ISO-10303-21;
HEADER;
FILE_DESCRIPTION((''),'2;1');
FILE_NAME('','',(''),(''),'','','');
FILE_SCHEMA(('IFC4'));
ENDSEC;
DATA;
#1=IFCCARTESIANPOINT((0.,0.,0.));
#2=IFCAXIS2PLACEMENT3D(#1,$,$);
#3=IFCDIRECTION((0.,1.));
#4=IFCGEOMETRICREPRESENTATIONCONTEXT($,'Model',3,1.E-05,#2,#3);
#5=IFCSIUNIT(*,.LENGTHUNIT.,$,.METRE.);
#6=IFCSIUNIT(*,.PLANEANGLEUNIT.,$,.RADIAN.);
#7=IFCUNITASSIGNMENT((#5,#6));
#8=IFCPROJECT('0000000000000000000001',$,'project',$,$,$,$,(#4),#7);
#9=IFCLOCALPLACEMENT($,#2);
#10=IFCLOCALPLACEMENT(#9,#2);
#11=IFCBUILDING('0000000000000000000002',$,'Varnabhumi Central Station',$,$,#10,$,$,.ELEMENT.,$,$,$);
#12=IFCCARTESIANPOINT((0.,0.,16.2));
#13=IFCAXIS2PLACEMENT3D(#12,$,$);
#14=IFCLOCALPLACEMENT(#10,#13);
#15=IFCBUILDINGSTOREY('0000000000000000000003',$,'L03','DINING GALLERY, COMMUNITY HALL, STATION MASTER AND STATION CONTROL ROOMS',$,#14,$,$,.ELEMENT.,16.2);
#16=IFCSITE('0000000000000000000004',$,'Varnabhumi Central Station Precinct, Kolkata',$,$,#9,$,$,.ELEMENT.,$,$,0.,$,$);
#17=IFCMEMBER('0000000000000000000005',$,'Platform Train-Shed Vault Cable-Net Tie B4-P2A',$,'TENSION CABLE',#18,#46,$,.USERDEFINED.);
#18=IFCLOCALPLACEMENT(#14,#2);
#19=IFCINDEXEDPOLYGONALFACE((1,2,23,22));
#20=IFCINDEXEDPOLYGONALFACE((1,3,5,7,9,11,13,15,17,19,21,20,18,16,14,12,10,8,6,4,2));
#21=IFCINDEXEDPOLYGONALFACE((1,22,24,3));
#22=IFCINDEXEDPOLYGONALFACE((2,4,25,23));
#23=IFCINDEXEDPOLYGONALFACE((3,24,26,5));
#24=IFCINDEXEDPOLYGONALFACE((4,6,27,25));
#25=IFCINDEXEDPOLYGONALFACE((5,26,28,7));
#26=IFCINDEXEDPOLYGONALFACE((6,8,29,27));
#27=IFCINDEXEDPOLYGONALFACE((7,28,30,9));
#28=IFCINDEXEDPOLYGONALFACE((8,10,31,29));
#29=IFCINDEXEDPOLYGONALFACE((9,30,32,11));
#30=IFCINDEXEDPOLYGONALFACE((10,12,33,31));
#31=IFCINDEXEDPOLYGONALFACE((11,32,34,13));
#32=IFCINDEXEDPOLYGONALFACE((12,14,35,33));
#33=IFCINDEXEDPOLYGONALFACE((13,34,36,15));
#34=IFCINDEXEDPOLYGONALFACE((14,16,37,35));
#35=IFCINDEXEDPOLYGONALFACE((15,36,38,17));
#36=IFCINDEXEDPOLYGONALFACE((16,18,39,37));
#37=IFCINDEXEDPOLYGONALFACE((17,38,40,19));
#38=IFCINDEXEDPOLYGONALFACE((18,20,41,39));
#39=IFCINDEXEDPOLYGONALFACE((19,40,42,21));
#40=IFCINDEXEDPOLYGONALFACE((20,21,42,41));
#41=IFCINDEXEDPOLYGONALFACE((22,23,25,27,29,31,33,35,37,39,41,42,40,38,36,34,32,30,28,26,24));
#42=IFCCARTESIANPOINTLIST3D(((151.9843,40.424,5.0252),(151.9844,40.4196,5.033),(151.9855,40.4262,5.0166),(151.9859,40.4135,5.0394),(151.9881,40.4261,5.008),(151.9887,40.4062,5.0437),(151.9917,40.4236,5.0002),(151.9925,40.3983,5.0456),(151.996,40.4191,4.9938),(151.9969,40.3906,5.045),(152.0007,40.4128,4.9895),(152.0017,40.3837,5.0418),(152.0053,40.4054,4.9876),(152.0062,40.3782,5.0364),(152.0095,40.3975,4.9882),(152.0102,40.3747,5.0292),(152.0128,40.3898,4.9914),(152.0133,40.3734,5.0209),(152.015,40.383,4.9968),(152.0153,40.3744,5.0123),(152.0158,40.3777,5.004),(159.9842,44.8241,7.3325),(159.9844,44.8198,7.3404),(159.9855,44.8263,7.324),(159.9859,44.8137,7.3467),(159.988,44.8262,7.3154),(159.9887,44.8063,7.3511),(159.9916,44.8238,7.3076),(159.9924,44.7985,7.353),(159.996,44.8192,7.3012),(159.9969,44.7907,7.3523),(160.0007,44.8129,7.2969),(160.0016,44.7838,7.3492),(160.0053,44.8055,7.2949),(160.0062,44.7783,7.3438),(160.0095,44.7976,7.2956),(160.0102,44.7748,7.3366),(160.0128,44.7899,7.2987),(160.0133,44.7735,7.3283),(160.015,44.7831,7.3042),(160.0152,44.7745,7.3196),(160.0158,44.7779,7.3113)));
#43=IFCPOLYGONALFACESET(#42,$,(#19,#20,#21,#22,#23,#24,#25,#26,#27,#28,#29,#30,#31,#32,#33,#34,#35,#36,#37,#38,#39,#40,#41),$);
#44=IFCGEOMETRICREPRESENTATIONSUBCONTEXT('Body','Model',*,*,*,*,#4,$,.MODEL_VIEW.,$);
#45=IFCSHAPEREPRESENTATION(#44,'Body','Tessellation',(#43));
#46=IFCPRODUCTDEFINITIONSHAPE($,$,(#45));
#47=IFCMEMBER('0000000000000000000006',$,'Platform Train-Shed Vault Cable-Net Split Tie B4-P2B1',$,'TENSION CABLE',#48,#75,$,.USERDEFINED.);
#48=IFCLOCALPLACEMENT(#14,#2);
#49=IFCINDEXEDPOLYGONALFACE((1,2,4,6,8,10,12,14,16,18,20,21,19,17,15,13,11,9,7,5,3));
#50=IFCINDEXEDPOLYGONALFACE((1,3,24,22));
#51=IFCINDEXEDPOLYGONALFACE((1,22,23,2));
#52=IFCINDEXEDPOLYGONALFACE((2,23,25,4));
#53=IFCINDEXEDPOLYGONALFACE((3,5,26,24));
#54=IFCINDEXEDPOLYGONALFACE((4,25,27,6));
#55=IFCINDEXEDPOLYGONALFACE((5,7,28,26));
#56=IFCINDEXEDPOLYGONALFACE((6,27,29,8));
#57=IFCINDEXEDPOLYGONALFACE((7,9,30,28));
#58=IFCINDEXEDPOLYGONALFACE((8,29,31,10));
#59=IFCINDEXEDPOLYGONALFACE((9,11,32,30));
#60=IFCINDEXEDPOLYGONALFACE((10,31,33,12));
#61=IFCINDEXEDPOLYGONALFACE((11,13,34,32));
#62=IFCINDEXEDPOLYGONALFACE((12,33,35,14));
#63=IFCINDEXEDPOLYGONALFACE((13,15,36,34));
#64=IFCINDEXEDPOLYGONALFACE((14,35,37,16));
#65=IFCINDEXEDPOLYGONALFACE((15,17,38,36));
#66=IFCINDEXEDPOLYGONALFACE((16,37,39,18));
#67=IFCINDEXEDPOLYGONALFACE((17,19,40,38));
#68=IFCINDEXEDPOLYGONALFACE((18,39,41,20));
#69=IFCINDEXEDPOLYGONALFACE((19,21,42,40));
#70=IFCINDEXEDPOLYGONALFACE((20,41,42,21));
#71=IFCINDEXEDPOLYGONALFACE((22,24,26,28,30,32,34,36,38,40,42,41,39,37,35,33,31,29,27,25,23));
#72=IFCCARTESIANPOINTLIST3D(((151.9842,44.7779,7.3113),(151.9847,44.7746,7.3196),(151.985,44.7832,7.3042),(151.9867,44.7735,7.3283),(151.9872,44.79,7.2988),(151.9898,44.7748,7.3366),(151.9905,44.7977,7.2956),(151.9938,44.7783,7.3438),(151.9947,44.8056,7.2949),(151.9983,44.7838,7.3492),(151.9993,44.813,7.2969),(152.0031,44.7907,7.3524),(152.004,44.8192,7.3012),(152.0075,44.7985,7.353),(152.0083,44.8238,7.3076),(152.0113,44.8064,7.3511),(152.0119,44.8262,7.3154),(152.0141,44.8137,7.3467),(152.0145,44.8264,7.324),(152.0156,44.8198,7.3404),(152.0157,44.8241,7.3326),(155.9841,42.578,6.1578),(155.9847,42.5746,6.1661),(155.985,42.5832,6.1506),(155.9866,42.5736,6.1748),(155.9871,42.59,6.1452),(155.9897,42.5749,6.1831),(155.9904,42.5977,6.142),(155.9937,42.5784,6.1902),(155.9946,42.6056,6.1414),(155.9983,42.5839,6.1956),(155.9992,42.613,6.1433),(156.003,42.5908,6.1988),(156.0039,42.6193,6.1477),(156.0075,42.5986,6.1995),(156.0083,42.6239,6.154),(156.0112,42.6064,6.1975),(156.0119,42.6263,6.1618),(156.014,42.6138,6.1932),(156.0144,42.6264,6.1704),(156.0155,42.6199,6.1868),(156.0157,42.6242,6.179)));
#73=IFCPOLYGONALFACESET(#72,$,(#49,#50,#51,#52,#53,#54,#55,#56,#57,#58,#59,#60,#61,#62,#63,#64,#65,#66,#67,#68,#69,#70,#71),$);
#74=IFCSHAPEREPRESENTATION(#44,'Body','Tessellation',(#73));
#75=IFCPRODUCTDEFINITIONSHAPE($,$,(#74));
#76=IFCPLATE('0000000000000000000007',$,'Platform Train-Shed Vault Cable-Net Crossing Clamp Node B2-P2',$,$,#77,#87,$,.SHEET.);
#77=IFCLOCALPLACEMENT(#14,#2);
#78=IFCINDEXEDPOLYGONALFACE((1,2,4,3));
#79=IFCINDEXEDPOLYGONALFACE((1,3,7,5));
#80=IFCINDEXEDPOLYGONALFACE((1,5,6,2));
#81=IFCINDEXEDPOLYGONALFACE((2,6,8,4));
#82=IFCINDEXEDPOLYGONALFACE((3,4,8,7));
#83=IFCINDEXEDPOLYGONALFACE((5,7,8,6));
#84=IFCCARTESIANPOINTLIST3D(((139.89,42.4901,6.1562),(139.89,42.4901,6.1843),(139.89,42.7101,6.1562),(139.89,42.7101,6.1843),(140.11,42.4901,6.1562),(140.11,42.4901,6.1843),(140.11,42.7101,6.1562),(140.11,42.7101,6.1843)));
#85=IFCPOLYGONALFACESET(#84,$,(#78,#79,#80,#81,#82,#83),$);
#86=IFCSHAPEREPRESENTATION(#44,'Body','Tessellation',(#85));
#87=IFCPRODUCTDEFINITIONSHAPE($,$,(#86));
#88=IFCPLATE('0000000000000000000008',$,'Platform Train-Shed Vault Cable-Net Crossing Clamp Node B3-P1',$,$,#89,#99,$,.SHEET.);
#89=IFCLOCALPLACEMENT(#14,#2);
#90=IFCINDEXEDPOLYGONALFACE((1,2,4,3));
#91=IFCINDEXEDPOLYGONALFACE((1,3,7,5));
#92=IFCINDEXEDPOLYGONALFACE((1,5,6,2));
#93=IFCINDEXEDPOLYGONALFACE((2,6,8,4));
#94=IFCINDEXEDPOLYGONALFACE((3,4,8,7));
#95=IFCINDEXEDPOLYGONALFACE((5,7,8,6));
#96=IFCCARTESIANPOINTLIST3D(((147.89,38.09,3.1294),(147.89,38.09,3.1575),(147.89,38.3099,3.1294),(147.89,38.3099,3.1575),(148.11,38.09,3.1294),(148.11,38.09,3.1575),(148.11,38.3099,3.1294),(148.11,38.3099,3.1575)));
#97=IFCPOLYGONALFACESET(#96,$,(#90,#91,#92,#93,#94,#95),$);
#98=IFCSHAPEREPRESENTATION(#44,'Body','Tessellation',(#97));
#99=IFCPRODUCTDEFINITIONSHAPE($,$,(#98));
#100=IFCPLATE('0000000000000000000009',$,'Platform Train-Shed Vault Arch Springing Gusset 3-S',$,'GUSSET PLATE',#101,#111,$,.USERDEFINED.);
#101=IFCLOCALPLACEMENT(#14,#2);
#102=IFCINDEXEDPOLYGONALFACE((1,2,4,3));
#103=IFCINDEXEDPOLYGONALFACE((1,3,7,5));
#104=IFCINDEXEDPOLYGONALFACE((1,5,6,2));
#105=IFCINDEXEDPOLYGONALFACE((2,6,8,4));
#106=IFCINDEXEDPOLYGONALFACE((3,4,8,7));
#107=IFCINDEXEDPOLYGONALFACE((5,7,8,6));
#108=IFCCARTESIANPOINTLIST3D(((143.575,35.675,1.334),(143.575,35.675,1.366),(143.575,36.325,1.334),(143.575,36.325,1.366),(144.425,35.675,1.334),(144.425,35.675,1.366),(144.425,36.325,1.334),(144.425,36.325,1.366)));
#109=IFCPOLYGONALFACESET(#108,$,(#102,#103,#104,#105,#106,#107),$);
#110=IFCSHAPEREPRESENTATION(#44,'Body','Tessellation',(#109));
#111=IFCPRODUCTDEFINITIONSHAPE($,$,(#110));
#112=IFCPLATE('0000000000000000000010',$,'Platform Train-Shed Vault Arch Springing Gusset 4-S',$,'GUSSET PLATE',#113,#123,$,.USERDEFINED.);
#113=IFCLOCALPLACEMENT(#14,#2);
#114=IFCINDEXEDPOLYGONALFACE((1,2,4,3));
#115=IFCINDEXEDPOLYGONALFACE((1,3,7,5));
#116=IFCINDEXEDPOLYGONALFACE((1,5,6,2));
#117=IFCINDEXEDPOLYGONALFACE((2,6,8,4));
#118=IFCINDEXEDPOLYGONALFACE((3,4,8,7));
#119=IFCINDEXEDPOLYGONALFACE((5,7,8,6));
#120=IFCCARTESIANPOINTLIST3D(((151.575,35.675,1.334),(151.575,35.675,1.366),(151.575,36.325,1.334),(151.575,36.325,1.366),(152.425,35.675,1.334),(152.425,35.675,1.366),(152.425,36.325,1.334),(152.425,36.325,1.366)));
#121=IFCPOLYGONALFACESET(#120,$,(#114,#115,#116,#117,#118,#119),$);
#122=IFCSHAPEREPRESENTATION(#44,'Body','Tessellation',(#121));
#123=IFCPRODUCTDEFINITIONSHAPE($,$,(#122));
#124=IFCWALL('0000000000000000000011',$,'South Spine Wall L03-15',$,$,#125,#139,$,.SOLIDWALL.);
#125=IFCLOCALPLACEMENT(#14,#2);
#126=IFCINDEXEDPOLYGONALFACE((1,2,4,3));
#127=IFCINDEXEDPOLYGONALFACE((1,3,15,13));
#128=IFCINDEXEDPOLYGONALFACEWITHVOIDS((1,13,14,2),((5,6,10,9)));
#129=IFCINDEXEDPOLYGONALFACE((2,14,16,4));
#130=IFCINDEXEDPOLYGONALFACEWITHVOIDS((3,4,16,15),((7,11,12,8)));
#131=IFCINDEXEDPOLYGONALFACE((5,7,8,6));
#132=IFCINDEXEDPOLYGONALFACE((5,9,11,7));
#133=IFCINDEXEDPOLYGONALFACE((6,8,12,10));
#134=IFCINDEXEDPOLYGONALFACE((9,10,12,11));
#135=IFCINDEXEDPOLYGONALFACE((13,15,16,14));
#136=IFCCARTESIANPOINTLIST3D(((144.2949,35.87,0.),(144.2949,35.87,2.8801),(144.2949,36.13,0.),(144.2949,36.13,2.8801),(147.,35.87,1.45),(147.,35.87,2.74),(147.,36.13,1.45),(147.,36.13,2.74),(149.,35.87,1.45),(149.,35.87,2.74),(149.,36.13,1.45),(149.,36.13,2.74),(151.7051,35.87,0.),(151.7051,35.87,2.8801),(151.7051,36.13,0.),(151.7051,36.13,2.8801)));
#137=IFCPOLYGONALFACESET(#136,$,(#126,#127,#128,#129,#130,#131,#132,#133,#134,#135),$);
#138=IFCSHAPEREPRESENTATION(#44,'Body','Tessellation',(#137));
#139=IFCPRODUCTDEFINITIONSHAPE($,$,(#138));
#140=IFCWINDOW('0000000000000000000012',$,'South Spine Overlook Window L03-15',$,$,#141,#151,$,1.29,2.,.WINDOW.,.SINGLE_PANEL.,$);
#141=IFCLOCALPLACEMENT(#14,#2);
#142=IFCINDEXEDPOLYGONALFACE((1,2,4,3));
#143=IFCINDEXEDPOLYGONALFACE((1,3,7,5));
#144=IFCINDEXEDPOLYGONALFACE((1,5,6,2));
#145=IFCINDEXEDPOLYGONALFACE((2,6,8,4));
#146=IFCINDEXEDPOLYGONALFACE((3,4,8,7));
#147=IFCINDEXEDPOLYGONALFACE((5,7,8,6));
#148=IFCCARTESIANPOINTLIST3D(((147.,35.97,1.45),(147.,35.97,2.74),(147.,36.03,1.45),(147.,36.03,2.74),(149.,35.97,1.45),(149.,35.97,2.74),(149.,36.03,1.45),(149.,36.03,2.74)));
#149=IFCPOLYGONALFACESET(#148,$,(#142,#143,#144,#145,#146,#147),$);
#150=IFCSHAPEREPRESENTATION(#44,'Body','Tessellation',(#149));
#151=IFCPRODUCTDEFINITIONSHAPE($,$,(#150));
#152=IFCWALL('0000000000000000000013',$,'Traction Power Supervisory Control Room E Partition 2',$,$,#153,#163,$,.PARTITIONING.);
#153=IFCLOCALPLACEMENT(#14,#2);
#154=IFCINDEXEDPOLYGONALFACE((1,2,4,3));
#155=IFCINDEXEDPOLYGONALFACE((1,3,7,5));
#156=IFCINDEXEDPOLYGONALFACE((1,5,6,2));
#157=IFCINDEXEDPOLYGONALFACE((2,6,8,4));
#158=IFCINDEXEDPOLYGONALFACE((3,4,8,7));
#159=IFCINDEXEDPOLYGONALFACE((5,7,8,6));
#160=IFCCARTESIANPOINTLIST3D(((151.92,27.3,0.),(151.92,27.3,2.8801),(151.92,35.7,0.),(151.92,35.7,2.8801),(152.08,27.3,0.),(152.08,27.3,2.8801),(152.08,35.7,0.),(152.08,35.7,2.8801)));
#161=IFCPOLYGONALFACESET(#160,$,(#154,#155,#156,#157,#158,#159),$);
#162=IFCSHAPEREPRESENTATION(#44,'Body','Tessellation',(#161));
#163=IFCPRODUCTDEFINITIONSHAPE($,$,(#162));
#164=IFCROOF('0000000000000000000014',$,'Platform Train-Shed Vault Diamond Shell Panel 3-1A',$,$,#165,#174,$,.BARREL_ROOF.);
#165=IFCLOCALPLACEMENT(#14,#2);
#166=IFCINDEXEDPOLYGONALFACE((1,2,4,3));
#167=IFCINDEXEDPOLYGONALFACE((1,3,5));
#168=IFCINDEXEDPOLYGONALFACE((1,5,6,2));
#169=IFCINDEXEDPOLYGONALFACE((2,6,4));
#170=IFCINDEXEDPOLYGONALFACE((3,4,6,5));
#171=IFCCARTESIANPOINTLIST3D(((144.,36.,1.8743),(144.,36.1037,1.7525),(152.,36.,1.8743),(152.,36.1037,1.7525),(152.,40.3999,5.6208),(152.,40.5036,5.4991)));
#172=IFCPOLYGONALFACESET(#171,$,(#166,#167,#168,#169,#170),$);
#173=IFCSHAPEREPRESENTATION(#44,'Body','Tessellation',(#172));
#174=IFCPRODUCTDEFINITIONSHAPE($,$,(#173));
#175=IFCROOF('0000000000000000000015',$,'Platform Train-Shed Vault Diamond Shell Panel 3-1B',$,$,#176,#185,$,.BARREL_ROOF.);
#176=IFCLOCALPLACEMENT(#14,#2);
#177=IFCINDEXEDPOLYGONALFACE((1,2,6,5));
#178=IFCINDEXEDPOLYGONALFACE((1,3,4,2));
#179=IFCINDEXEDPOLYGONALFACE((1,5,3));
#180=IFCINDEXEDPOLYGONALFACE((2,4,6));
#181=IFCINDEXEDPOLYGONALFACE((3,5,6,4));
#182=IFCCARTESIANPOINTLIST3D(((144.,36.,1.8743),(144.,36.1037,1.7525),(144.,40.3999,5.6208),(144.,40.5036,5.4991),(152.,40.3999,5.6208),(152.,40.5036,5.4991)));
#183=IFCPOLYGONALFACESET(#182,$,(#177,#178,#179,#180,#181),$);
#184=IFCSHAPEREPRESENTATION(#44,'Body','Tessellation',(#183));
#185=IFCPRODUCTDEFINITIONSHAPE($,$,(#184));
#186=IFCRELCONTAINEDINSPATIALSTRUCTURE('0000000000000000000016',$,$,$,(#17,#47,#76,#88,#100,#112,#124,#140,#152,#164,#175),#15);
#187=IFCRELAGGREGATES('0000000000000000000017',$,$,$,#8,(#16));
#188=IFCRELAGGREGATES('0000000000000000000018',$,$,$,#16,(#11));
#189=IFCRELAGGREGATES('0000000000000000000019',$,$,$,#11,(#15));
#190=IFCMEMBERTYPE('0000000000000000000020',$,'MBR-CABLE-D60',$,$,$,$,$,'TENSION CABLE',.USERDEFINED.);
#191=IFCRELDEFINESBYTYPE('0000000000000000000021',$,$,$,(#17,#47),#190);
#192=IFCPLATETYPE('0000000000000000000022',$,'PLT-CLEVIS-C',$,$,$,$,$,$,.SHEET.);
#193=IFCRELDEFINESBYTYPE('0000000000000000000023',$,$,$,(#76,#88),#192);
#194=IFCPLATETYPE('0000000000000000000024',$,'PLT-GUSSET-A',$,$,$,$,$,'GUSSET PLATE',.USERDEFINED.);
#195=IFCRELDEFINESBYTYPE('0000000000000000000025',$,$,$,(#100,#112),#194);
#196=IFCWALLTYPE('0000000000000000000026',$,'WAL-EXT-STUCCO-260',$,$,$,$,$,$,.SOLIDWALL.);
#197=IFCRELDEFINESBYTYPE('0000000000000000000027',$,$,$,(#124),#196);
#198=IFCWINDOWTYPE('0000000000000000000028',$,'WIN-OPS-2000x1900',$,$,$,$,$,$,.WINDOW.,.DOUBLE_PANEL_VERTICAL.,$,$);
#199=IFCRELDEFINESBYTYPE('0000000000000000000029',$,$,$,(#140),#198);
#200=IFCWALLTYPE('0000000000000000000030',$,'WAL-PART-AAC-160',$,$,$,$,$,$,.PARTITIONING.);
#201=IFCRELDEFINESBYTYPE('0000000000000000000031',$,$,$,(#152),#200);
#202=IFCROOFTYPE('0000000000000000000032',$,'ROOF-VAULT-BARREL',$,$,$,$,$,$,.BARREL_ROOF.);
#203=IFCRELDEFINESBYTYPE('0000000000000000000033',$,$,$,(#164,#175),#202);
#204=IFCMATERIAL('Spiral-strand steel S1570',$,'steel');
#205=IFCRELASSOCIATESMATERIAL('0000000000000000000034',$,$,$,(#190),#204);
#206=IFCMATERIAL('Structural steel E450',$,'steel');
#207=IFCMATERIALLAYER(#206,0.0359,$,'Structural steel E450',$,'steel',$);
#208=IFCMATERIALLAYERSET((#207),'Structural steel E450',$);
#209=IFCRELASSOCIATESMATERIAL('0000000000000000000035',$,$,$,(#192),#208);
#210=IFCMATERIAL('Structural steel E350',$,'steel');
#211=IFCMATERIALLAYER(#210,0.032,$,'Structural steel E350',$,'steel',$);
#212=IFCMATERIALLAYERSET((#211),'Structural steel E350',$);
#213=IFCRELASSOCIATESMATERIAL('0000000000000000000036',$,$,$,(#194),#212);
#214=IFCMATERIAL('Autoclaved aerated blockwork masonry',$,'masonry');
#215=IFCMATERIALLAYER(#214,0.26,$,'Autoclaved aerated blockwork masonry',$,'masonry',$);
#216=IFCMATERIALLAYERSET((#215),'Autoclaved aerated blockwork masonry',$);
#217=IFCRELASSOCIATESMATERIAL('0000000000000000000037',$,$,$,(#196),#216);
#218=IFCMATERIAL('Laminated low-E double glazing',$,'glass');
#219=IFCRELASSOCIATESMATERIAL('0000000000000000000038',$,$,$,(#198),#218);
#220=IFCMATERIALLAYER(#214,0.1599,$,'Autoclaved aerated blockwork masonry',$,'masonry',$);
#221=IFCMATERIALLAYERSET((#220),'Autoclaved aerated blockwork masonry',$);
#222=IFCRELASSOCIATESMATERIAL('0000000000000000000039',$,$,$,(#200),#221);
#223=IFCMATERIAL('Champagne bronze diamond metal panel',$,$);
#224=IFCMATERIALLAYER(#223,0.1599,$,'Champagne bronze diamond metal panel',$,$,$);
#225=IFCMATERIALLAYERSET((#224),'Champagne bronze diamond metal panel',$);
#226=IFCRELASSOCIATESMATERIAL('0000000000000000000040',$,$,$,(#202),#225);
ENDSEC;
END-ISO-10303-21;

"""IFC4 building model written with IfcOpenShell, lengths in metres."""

from ifc_helpers import new_model, si_unit, direction, frame, frame_2d, origin, origin_2d, place, context, subcontext, project, spatial, polyline, rectangle, circle, outline, extrude, material, layer, layer_set, material_profile, profile_set, type_object, element, fill, save


model = new_model("IFC4")

# Units and contexts
model_context = context("Model", 3, precision=1e-05, world=origin(), true_north=direction((0.0, 1.0)))
body_context = subcontext(model_context, "Body", "Model", "MODEL_VIEW")
ifc_project = project(units=[si_unit("LENGTHUNIT", "METRE"), si_unit("PLANEANGLEUNIT", "RADIAN")], contexts=[model_context])

# Site, building, storey
site_placement = place(None, origin())
site = spatial("IfcSite", under=ifc_project, at=site_placement, Name="Varnabhumi Central Station Precinct, Kolkata", CompositionType="ELEMENT", RefElevation=0.0)
building_placement = place(site_placement, origin())
building = spatial("IfcBuilding", under=site, at=building_placement, Name="Varnabhumi Central Station", CompositionType="ELEMENT")
storey_placement = place(building_placement, frame((0.0, 0.0, 16.2)))
storey = spatial("IfcBuildingStorey", under=building, at=storey_placement, Name="L03", Description="DINING GALLERY, COMMUNITY HALL, STATION MASTER AND STATION CONTROL ROOMS", CompositionType="ELEMENT", Elevation=16.2)

# Shared definitions
ifc_material_1 = material(Name="Structural steel E450", Category="steel")
ifc_material_2 = material(Name="Structural steel E350", Category="steel")

# Members
ifc_material_3 = material(Name="Spiral-strand steel S1570", Category="steel")
ifc_material_profile_1 = material_profile(ifc_material_3, circle(Radius=0.03, at=origin_2d()), Name="Spiral-strand steel S1570", Category="steel")
ifc_profile_set_1 = profile_set([ifc_material_profile_1], Name="Spiral-strand steel S1570")
member_type = type_object("IfcMemberType", Name="MBR-CABLE-D60", ElementType="TENSION CABLE", PredefinedType="USERDEFINED", material=ifc_profile_set_1)
member_1_placement = place(storey_placement, frame((152.0, 40.3999, 5.0166), z_axis=(0.849502, 0.467242, 0.245015), x_axis=(-0.481931, 0.876209, 0.0)))
element("IfcMember", 1, at=member_1_placement, inside=storey, type_object=member_type, Name="Platform Train-Shed Vault Cable-Net Tie B4-P2A", ObjectType="TENSION CABLE", PredefinedType="USERDEFINED", context=body_context, shape_type="SweptSolid", body=[
    extrude(circle(Radius=0.03, at=origin_2d()), origin(), (0.0, 0.0, 1.0), 9.4172),
])
member_2_placement = place(storey_placement, frame((152.0, 44.8, 7.324), z_axis=(0.849517, -0.467224, -0.244993), x_axis=(0.481911, 0.87622, 0.0)))
element("IfcMember", 2, at=member_2_placement, inside=storey, type_object=member_type, Name="Platform Train-Shed Vault Cable-Net Split Tie B4-P2B1", ObjectType="TENSION CABLE", PredefinedType="USERDEFINED", context=body_context, shape_type="SweptSolid", body=[
    extrude(circle(Radius=0.03, at=origin_2d()), origin(), (0.0, 0.0, 1.0), 4.7085),
])

# Plates
ifc_layer_1 = layer(ifc_material_1, 0.0359, Name="Structural steel E450", Category="steel")
ifc_layer_set_1 = layer_set([ifc_layer_1], Name="Structural steel E450")
plate_type_1 = type_object("IfcPlateType", Name="PLT-CLEVIS-C", PredefinedType="SHEET", material=ifc_layer_set_1)
for number, where, z_axis, x_axis, name in (
    (3, (140.0, 42.6001, 6.1562), (0.0, 0.0, 1.0), (1.0, 0.0, 0.0), "Platform Train-Shed Vault Cable-Net Crossing Clamp Node B2-P2"),
    (4, (148.0, 38.2, 3.1294), (0.0, 0.0, 1.0), (1.0, 0.0, 0.0), "Platform Train-Shed Vault Cable-Net Crossing Clamp Node B3-P1"),
):
    element("IfcPlate", number, at=place(storey_placement, frame(where, z_axis=z_axis, x_axis=x_axis)), inside=storey, type_object=plate_type_1, Name=name, PredefinedType="SHEET", context=body_context, shape_type="SweptSolid", body=[
        extrude(rectangle(XDim=0.22, YDim=0.22, at=origin_2d()), origin(), (0.0, 0.0, 1.0), 0.0281),
    ])
ifc_layer_2 = layer(ifc_material_2, 0.032, Name="Structural steel E350", Category="steel")
ifc_layer_set_2 = layer_set([ifc_layer_2], Name="Structural steel E350")
plate_type_2 = type_object("IfcPlateType", Name="PLT-GUSSET-A", ElementType="GUSSET PLATE", PredefinedType="USERDEFINED", material=ifc_layer_set_2)
for number, where, z_axis, x_axis, name in (
    (5, (144.0, 36.0, 1.334), (0.0, 0.0, 1.0), (1.0, 0.0, 0.0), "Platform Train-Shed Vault Arch Springing Gusset 3-S"),
    (6, (152.0, 36.0, 1.334), (0.0, 0.0, 1.0), (1.0, 0.0, 0.0), "Platform Train-Shed Vault Arch Springing Gusset 4-S"),
):
    element("IfcPlate", number, at=place(storey_placement, frame(where, z_axis=z_axis, x_axis=x_axis)), inside=storey, type_object=plate_type_2, Name=name, ObjectType="GUSSET PLATE", PredefinedType="USERDEFINED", context=body_context, shape_type="SweptSolid", body=[
        extrude(rectangle(XDim=0.8501, YDim=0.6499, at=origin_2d()), origin(), (0.0, 0.0, 1.0), 0.032),
    ])

# Wall, opening, window
ifc_material_4 = material(Name="Autoclaved aerated blockwork masonry", Category="masonry")
ifc_layer_3 = layer(ifc_material_4, 0.26, Name="Autoclaved aerated blockwork masonry", Category="masonry")
ifc_layer_set_3 = layer_set([ifc_layer_3], Name="Autoclaved aerated blockwork masonry")
wall_type_1 = type_object("IfcWallType", Name="WAL-EXT-STUCCO-260", PredefinedType="SOLIDWALL", material=ifc_layer_set_3)
wall_1_placement = place(storey_placement, frame((144.2949, 36.0, 0.0), z_axis=(0.0, 0.0, 1.0), x_axis=(1.0, 0.0, 0.0)))
wall_1 = element("IfcWall", 7, at=wall_1_placement, inside=storey, type_object=wall_type_1, Name="South Spine Wall L03-15", PredefinedType="SOLIDWALL", context=body_context, shape_type="SweptSolid", body=[
    extrude(rectangle(XDim=7.4102, YDim=0.26, at=frame_2d((3.7051, 0.0))), origin(), (0.0, 0.0, 1.0), 2.8801),
])
opening_placement = place(wall_1_placement, frame((2.7051, 0.0, 1.45)))
opening = element("IfcOpeningElement", 8, at=opening_placement, cuts=wall_1, PredefinedType="OPENING", context=body_context, shape_type="SweptSolid", body=[
    extrude(rectangle(XDim=2.0, YDim=1.29, at=frame_2d((1.0, 0.645))), frame((0.0, 0.1399, 0.0), z_axis=(0.0, -1.0, 0.0), x_axis=(1.0, 0.0, 0.0)), (0.0, 0.0, 1.0), 0.28),
])
ifc_material_5 = material(Name="Laminated low-E double glazing", Category="glass")
window_type = type_object("IfcWindowType", Name="WIN-OPS-2000x1900", PartitioningType="DOUBLE_PANEL_VERTICAL", PredefinedType="WINDOW", material=ifc_material_5)
window_placement = place(opening_placement, origin())
window = element("IfcWindow", 9, at=window_placement, inside=storey, type_object=window_type, Name="South Spine Overlook Window L03-15", OverallHeight=1.29, OverallWidth=2.0, PartitioningType="SINGLE_PANEL", PredefinedType="WINDOW", context=body_context, shape_type="SweptSolid", body=[
    extrude(rectangle(XDim=2.0, YDim=1.29, at=frame_2d((1.0, 0.645))), frame((0.0, 0.03, 0.0), z_axis=(0.0, -1.0, 0.0), x_axis=(1.0, 0.0, 0.0)), (0.0, 0.0, 1.0), 0.0601),
])
fill(opening, window)

# Wall
ifc_layer_4 = layer(ifc_material_4, 0.1599, Name="Autoclaved aerated blockwork masonry", Category="masonry")
ifc_layer_set_4 = layer_set([ifc_layer_4], Name="Autoclaved aerated blockwork masonry")
wall_type_2 = type_object("IfcWallType", Name="WAL-PART-AAC-160", PredefinedType="PARTITIONING", material=ifc_layer_set_4)
wall_2_placement = place(storey_placement, frame((152.0, 27.3, 0.0), z_axis=(0.0, 0.0, 1.0), x_axis=(0.0, 1.0, 0.0)))
element("IfcWall", 10, at=wall_2_placement, inside=storey, type_object=wall_type_2, Name="Traction Power Supervisory Control Room E Partition 2", PredefinedType="PARTITIONING", context=body_context, shape_type="SweptSolid", body=[
    extrude(rectangle(XDim=8.3999, YDim=0.1599, at=frame_2d((4.2, 0.0))), origin(), (0.0, 0.0, 1.0), 2.8801),
])

# Roofs
ifc_material_6 = material(Name="Champagne bronze diamond metal panel")
ifc_layer_5 = layer(ifc_material_6, 0.1599, Name="Champagne bronze diamond metal panel")
ifc_layer_set_5 = layer_set([ifc_layer_5], Name="Champagne bronze diamond metal panel")
roof_type = type_object("IfcRoofType", Name="ROOF-VAULT-BARREL", PredefinedType="BARREL_ROOF", material=ifc_layer_set_5)
roof_1_placement = place(storey_placement, frame((144.0, 36.0, 1.8743), z_axis=(0.0, -0.648318, 0.76137), x_axis=(1.0, 0.0, 0.0)))
element("IfcRoof", 11, at=roof_1_placement, inside=storey, type_object=roof_type, Name="Platform Train-Shed Vault Diamond Shell Panel 3-1A", PredefinedType="BARREL_ROOF", context=body_context, shape_type="SweptSolid", body=[
    extrude(outline(polyline([(0.0, 0.0), (8.0, 0.0), (8.0, 5.7789), (0.0, 0.0)])), origin(), (0.0, 0.0, -1.0), 0.1599),
])
roof_2_placement = place(storey_placement, frame((144.0, 36.0, 1.8743), z_axis=(0.0, -0.648318, 0.76137), x_axis=(0.810624, 0.445833, 0.379634)))
element("IfcRoof", 12, at=roof_2_placement, inside=storey, type_object=roof_type, Name="Platform Train-Shed Vault Diamond Shell Panel 3-1B", PredefinedType="BARREL_ROOF", context=body_context, shape_type="SweptSolid", body=[
    extrude(outline(polyline([(0.0, 0.0), (9.8689, 0.0), (3.384, 4.6845), (0.0, 0.0)])), origin(), (0.0, 0.0, -1.0), 0.1599),
])

save(model, "model.ifc")
